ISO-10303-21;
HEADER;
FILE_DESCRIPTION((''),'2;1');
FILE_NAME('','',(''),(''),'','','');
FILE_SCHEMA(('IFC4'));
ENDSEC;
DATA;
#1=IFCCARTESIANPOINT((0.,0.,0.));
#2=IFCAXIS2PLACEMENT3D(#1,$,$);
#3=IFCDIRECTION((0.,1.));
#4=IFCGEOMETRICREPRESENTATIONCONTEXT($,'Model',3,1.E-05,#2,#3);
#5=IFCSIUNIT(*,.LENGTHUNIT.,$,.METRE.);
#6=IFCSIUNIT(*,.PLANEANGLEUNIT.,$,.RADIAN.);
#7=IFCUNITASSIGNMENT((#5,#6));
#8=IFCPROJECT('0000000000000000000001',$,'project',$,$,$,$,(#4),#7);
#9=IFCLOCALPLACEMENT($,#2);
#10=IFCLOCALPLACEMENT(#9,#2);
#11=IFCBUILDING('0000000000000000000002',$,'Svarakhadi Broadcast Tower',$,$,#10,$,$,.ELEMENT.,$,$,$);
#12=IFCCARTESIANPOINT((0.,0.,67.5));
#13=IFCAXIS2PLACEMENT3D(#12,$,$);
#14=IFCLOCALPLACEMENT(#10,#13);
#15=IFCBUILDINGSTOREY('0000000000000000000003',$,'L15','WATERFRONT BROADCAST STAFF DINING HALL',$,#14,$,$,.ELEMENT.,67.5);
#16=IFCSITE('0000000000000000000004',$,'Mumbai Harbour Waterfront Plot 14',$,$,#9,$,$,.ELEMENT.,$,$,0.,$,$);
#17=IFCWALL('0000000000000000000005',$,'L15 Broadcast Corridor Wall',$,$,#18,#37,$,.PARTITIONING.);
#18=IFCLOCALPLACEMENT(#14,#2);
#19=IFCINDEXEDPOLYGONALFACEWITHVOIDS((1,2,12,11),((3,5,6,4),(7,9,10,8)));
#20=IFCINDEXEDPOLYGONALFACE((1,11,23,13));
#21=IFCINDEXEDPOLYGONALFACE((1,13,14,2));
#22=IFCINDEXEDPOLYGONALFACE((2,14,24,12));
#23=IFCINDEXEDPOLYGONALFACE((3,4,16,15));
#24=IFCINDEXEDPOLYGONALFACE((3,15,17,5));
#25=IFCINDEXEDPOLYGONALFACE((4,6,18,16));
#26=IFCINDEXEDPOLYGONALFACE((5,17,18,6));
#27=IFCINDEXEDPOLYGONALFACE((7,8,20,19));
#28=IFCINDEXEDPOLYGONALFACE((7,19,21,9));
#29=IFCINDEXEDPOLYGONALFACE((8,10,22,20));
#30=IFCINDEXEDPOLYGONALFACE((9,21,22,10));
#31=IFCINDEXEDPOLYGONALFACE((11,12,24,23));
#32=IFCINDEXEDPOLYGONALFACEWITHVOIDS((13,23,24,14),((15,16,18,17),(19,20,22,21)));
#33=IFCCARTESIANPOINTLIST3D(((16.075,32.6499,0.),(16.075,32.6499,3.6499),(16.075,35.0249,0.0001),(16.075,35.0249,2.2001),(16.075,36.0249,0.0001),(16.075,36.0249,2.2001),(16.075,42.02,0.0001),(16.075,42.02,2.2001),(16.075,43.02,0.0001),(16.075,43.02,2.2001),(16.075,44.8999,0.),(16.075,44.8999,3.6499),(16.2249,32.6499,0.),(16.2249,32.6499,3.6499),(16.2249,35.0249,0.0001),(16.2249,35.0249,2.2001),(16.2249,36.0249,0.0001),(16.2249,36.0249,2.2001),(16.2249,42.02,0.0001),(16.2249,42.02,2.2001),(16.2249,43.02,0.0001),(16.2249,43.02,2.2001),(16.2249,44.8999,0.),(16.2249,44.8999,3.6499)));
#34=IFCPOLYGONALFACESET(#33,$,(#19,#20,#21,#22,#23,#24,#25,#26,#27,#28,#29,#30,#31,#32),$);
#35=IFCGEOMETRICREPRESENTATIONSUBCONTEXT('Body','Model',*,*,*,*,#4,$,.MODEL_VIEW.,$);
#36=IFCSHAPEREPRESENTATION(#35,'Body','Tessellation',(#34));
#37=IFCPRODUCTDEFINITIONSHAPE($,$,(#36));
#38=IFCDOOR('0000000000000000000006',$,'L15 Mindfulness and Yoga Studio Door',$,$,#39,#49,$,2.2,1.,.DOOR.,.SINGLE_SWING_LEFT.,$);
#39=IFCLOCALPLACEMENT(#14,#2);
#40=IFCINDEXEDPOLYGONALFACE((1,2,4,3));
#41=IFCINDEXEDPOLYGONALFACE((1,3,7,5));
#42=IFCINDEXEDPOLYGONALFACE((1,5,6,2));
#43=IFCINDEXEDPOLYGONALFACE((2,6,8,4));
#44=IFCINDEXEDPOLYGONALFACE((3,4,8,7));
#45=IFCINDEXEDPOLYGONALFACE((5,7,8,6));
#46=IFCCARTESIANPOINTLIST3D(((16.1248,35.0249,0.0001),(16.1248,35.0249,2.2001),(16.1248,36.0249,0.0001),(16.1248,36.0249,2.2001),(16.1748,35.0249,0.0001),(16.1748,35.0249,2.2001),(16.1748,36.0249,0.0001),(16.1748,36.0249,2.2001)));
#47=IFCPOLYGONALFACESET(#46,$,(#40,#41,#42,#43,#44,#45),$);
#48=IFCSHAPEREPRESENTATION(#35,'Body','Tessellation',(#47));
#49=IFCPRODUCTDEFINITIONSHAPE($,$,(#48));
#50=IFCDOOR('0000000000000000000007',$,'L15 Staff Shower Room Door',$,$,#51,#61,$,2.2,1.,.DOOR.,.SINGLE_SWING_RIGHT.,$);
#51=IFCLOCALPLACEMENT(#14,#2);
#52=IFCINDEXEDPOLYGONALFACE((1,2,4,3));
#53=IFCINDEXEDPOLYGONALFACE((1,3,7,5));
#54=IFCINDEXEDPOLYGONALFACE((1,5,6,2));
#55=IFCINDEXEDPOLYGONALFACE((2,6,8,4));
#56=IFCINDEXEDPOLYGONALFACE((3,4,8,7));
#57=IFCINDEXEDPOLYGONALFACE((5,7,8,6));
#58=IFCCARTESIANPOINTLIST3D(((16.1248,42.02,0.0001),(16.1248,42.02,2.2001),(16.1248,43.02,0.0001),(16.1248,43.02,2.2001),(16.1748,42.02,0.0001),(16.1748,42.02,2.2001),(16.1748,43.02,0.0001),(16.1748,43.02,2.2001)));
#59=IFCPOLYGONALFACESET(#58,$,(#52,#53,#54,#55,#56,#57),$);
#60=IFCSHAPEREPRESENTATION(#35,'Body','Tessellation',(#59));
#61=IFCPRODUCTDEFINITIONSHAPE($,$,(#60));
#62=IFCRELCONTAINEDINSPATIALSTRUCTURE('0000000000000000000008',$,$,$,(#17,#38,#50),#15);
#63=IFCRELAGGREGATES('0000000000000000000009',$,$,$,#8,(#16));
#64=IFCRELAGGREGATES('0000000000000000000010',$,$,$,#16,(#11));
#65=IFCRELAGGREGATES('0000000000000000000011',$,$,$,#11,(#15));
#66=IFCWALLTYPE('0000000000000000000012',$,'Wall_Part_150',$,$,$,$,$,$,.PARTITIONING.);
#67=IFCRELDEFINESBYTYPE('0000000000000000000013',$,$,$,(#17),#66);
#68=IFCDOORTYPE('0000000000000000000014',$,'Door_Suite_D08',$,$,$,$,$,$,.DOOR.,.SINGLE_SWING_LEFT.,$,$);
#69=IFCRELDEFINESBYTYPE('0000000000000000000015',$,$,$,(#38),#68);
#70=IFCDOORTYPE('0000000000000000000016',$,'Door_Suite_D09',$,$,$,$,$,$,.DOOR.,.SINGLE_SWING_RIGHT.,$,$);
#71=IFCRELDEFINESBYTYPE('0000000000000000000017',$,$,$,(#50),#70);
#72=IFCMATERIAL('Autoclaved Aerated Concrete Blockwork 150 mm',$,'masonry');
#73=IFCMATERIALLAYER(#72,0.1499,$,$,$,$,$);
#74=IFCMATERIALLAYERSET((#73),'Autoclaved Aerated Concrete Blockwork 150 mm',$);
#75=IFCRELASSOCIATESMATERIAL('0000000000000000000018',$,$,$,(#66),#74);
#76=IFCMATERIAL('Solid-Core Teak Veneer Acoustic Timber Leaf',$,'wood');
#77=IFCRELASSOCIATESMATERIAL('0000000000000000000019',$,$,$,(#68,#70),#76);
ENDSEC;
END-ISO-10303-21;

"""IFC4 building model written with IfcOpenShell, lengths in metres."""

from ifc_helpers import new_model, si_unit, direction, frame, frame_2d, origin, place, context, subcontext, project, spatial, rectangle, extrude, material, layer, layer_set, type_object, element, fill, save


model = new_model("IFC4")

# Units and contexts
model_context = context("Model", 3, precision=1e-05, world=origin(), true_north=direction((0.0, 1.0)))
body_context = subcontext(model_context, "Body", "Model", "MODEL_VIEW")
ifc_project = project(units=[si_unit("LENGTHUNIT", "METRE"), si_unit("PLANEANGLEUNIT", "RADIAN")], contexts=[model_context])

# Site, building, storey
site_placement = place(None, origin())
site = spatial("IfcSite", under=ifc_project, at=site_placement, Name="Mumbai Harbour Waterfront Plot 14", CompositionType="ELEMENT", RefElevation=0.0)
building_placement = place(site_placement, origin())
building = spatial("IfcBuilding", under=site, at=building_placement, Name="Svarakhadi Broadcast Tower", CompositionType="ELEMENT")
storey_placement = place(building_placement, frame((0.0, 0.0, 67.5)))
storey = spatial("IfcBuildingStorey", under=building, at=storey_placement, Name="L15", Description="WATERFRONT BROADCAST STAFF DINING HALL", CompositionType="ELEMENT", Elevation=67.5)

# Shared definitions
ifc_material_1 = material(Name="Autoclaved Aerated Concrete Blockwork 150 mm", Category="masonry")
ifc_layer_1 = layer(ifc_material_1, 0.1499)
ifc_layer_set_1 = layer_set([ifc_layer_1], Name="Autoclaved Aerated Concrete Blockwork 150 mm")
wall_type_1 = type_object("IfcWallType", Name="Wall_Part_150", PredefinedType="PARTITIONING", material=ifc_layer_set_1)

# Wall, openings, doors
wall_1_placement = place(storey_placement, frame((16.1499, 44.8999, 0.0), z_axis=(0.0, 0.0, 1.0), x_axis=(0.0, -1.0, 0.0)))
wall_1 = element("IfcWall", 1, at=wall_1_placement, inside=storey, type_object=wall_type_1, Name="L15 Broadcast Corridor Wall", PredefinedType="PARTITIONING", context=body_context, shape_type="SweptSolid", body=[
    extrude(rectangle(XDim=12.25, YDim=0.1499, at=frame_2d((6.125, 0.0))), origin(), (0.0, 0.0, 1.0), 3.6499),
])
opening_1_placement = place(wall_1_placement, frame((8.875, 0.0, 0.0)))
opening_1 = element("IfcOpeningElement", 2, at=opening_1_placement, cuts=wall_1, PredefinedType="OPENING", context=body_context, shape_type="SweptSolid", body=[
    extrude(rectangle(XDim=1.0, YDim=2.2, at=frame_2d((0.5, 1.1001))), frame((0.0, 0.085, 0.0), z_axis=(0.0, -1.0, 0.0), x_axis=(1.0, 0.0, 0.0)), (0.0, 0.0, 1.0), 0.1699),
])
opening_2_placement = place(wall_1_placement, frame((1.8799, 0.0, 0.0)))
opening_2 = element("IfcOpeningElement", 3, at=opening_2_placement, cuts=wall_1, PredefinedType="OPENING", context=body_context, shape_type="SweptSolid", body=[
    extrude(rectangle(XDim=1.0, YDim=2.2, at=frame_2d((0.5, 1.1001))), frame((0.0, 0.085, 0.0), z_axis=(0.0, -1.0, 0.0), x_axis=(1.0, 0.0, 0.0)), (0.0, 0.0, 1.0), 0.1699),
])
ifc_material_2 = material(Name="Solid-Core Teak Veneer Acoustic Timber Leaf", Category="wood")
door_type_1 = type_object("IfcDoorType", Name="Door_Suite_D08", OperationType="SINGLE_SWING_LEFT", PredefinedType="DOOR", material=ifc_material_2)
door_1_placement = place(opening_1_placement, origin())
door_1 = element("IfcDoor", 4, at=door_1_placement, inside=storey, type_object=door_type_1, Name="L15 Mindfulness and Yoga Studio Door", OperationType="SINGLE_SWING_LEFT", OverallHeight=2.2, OverallWidth=1.0, PredefinedType="DOOR", context=body_context, shape_type="SweptSolid", body=[
    extrude(rectangle(XDim=1.0, YDim=2.2, at=frame_2d((0.5, 1.1001))), frame((0.0, 0.0249, 0.0), z_axis=(0.0, -1.0, 0.0), x_axis=(1.0, 0.0, 0.0)), (0.0, 0.0, 1.0), 0.05),
])
fill(opening_1, door_1)
door_type_2 = type_object("IfcDoorType", Name="Door_Suite_D09", OperationType="SINGLE_SWING_RIGHT", PredefinedType="DOOR", material=ifc_material_2)
door_2_placement = place(opening_2_placement, origin())
door_2 = element("IfcDoor", 5, at=door_2_placement, inside=storey, type_object=door_type_2, Name="L15 Staff Shower Room Door", OperationType="SINGLE_SWING_RIGHT", OverallHeight=2.2, OverallWidth=1.0, PredefinedType="DOOR", context=body_context, shape_type="SweptSolid", body=[
    extrude(rectangle(XDim=1.0, YDim=2.2, at=frame_2d((0.5, 1.1001))), frame((0.0, 0.0249, 0.0), z_axis=(0.0, -1.0, 0.0), x_axis=(1.0, 0.0, 0.0)), (0.0, 0.0, 1.0), 0.05),
])
fill(opening_2, door_2)

save(model, "model.ifc")
